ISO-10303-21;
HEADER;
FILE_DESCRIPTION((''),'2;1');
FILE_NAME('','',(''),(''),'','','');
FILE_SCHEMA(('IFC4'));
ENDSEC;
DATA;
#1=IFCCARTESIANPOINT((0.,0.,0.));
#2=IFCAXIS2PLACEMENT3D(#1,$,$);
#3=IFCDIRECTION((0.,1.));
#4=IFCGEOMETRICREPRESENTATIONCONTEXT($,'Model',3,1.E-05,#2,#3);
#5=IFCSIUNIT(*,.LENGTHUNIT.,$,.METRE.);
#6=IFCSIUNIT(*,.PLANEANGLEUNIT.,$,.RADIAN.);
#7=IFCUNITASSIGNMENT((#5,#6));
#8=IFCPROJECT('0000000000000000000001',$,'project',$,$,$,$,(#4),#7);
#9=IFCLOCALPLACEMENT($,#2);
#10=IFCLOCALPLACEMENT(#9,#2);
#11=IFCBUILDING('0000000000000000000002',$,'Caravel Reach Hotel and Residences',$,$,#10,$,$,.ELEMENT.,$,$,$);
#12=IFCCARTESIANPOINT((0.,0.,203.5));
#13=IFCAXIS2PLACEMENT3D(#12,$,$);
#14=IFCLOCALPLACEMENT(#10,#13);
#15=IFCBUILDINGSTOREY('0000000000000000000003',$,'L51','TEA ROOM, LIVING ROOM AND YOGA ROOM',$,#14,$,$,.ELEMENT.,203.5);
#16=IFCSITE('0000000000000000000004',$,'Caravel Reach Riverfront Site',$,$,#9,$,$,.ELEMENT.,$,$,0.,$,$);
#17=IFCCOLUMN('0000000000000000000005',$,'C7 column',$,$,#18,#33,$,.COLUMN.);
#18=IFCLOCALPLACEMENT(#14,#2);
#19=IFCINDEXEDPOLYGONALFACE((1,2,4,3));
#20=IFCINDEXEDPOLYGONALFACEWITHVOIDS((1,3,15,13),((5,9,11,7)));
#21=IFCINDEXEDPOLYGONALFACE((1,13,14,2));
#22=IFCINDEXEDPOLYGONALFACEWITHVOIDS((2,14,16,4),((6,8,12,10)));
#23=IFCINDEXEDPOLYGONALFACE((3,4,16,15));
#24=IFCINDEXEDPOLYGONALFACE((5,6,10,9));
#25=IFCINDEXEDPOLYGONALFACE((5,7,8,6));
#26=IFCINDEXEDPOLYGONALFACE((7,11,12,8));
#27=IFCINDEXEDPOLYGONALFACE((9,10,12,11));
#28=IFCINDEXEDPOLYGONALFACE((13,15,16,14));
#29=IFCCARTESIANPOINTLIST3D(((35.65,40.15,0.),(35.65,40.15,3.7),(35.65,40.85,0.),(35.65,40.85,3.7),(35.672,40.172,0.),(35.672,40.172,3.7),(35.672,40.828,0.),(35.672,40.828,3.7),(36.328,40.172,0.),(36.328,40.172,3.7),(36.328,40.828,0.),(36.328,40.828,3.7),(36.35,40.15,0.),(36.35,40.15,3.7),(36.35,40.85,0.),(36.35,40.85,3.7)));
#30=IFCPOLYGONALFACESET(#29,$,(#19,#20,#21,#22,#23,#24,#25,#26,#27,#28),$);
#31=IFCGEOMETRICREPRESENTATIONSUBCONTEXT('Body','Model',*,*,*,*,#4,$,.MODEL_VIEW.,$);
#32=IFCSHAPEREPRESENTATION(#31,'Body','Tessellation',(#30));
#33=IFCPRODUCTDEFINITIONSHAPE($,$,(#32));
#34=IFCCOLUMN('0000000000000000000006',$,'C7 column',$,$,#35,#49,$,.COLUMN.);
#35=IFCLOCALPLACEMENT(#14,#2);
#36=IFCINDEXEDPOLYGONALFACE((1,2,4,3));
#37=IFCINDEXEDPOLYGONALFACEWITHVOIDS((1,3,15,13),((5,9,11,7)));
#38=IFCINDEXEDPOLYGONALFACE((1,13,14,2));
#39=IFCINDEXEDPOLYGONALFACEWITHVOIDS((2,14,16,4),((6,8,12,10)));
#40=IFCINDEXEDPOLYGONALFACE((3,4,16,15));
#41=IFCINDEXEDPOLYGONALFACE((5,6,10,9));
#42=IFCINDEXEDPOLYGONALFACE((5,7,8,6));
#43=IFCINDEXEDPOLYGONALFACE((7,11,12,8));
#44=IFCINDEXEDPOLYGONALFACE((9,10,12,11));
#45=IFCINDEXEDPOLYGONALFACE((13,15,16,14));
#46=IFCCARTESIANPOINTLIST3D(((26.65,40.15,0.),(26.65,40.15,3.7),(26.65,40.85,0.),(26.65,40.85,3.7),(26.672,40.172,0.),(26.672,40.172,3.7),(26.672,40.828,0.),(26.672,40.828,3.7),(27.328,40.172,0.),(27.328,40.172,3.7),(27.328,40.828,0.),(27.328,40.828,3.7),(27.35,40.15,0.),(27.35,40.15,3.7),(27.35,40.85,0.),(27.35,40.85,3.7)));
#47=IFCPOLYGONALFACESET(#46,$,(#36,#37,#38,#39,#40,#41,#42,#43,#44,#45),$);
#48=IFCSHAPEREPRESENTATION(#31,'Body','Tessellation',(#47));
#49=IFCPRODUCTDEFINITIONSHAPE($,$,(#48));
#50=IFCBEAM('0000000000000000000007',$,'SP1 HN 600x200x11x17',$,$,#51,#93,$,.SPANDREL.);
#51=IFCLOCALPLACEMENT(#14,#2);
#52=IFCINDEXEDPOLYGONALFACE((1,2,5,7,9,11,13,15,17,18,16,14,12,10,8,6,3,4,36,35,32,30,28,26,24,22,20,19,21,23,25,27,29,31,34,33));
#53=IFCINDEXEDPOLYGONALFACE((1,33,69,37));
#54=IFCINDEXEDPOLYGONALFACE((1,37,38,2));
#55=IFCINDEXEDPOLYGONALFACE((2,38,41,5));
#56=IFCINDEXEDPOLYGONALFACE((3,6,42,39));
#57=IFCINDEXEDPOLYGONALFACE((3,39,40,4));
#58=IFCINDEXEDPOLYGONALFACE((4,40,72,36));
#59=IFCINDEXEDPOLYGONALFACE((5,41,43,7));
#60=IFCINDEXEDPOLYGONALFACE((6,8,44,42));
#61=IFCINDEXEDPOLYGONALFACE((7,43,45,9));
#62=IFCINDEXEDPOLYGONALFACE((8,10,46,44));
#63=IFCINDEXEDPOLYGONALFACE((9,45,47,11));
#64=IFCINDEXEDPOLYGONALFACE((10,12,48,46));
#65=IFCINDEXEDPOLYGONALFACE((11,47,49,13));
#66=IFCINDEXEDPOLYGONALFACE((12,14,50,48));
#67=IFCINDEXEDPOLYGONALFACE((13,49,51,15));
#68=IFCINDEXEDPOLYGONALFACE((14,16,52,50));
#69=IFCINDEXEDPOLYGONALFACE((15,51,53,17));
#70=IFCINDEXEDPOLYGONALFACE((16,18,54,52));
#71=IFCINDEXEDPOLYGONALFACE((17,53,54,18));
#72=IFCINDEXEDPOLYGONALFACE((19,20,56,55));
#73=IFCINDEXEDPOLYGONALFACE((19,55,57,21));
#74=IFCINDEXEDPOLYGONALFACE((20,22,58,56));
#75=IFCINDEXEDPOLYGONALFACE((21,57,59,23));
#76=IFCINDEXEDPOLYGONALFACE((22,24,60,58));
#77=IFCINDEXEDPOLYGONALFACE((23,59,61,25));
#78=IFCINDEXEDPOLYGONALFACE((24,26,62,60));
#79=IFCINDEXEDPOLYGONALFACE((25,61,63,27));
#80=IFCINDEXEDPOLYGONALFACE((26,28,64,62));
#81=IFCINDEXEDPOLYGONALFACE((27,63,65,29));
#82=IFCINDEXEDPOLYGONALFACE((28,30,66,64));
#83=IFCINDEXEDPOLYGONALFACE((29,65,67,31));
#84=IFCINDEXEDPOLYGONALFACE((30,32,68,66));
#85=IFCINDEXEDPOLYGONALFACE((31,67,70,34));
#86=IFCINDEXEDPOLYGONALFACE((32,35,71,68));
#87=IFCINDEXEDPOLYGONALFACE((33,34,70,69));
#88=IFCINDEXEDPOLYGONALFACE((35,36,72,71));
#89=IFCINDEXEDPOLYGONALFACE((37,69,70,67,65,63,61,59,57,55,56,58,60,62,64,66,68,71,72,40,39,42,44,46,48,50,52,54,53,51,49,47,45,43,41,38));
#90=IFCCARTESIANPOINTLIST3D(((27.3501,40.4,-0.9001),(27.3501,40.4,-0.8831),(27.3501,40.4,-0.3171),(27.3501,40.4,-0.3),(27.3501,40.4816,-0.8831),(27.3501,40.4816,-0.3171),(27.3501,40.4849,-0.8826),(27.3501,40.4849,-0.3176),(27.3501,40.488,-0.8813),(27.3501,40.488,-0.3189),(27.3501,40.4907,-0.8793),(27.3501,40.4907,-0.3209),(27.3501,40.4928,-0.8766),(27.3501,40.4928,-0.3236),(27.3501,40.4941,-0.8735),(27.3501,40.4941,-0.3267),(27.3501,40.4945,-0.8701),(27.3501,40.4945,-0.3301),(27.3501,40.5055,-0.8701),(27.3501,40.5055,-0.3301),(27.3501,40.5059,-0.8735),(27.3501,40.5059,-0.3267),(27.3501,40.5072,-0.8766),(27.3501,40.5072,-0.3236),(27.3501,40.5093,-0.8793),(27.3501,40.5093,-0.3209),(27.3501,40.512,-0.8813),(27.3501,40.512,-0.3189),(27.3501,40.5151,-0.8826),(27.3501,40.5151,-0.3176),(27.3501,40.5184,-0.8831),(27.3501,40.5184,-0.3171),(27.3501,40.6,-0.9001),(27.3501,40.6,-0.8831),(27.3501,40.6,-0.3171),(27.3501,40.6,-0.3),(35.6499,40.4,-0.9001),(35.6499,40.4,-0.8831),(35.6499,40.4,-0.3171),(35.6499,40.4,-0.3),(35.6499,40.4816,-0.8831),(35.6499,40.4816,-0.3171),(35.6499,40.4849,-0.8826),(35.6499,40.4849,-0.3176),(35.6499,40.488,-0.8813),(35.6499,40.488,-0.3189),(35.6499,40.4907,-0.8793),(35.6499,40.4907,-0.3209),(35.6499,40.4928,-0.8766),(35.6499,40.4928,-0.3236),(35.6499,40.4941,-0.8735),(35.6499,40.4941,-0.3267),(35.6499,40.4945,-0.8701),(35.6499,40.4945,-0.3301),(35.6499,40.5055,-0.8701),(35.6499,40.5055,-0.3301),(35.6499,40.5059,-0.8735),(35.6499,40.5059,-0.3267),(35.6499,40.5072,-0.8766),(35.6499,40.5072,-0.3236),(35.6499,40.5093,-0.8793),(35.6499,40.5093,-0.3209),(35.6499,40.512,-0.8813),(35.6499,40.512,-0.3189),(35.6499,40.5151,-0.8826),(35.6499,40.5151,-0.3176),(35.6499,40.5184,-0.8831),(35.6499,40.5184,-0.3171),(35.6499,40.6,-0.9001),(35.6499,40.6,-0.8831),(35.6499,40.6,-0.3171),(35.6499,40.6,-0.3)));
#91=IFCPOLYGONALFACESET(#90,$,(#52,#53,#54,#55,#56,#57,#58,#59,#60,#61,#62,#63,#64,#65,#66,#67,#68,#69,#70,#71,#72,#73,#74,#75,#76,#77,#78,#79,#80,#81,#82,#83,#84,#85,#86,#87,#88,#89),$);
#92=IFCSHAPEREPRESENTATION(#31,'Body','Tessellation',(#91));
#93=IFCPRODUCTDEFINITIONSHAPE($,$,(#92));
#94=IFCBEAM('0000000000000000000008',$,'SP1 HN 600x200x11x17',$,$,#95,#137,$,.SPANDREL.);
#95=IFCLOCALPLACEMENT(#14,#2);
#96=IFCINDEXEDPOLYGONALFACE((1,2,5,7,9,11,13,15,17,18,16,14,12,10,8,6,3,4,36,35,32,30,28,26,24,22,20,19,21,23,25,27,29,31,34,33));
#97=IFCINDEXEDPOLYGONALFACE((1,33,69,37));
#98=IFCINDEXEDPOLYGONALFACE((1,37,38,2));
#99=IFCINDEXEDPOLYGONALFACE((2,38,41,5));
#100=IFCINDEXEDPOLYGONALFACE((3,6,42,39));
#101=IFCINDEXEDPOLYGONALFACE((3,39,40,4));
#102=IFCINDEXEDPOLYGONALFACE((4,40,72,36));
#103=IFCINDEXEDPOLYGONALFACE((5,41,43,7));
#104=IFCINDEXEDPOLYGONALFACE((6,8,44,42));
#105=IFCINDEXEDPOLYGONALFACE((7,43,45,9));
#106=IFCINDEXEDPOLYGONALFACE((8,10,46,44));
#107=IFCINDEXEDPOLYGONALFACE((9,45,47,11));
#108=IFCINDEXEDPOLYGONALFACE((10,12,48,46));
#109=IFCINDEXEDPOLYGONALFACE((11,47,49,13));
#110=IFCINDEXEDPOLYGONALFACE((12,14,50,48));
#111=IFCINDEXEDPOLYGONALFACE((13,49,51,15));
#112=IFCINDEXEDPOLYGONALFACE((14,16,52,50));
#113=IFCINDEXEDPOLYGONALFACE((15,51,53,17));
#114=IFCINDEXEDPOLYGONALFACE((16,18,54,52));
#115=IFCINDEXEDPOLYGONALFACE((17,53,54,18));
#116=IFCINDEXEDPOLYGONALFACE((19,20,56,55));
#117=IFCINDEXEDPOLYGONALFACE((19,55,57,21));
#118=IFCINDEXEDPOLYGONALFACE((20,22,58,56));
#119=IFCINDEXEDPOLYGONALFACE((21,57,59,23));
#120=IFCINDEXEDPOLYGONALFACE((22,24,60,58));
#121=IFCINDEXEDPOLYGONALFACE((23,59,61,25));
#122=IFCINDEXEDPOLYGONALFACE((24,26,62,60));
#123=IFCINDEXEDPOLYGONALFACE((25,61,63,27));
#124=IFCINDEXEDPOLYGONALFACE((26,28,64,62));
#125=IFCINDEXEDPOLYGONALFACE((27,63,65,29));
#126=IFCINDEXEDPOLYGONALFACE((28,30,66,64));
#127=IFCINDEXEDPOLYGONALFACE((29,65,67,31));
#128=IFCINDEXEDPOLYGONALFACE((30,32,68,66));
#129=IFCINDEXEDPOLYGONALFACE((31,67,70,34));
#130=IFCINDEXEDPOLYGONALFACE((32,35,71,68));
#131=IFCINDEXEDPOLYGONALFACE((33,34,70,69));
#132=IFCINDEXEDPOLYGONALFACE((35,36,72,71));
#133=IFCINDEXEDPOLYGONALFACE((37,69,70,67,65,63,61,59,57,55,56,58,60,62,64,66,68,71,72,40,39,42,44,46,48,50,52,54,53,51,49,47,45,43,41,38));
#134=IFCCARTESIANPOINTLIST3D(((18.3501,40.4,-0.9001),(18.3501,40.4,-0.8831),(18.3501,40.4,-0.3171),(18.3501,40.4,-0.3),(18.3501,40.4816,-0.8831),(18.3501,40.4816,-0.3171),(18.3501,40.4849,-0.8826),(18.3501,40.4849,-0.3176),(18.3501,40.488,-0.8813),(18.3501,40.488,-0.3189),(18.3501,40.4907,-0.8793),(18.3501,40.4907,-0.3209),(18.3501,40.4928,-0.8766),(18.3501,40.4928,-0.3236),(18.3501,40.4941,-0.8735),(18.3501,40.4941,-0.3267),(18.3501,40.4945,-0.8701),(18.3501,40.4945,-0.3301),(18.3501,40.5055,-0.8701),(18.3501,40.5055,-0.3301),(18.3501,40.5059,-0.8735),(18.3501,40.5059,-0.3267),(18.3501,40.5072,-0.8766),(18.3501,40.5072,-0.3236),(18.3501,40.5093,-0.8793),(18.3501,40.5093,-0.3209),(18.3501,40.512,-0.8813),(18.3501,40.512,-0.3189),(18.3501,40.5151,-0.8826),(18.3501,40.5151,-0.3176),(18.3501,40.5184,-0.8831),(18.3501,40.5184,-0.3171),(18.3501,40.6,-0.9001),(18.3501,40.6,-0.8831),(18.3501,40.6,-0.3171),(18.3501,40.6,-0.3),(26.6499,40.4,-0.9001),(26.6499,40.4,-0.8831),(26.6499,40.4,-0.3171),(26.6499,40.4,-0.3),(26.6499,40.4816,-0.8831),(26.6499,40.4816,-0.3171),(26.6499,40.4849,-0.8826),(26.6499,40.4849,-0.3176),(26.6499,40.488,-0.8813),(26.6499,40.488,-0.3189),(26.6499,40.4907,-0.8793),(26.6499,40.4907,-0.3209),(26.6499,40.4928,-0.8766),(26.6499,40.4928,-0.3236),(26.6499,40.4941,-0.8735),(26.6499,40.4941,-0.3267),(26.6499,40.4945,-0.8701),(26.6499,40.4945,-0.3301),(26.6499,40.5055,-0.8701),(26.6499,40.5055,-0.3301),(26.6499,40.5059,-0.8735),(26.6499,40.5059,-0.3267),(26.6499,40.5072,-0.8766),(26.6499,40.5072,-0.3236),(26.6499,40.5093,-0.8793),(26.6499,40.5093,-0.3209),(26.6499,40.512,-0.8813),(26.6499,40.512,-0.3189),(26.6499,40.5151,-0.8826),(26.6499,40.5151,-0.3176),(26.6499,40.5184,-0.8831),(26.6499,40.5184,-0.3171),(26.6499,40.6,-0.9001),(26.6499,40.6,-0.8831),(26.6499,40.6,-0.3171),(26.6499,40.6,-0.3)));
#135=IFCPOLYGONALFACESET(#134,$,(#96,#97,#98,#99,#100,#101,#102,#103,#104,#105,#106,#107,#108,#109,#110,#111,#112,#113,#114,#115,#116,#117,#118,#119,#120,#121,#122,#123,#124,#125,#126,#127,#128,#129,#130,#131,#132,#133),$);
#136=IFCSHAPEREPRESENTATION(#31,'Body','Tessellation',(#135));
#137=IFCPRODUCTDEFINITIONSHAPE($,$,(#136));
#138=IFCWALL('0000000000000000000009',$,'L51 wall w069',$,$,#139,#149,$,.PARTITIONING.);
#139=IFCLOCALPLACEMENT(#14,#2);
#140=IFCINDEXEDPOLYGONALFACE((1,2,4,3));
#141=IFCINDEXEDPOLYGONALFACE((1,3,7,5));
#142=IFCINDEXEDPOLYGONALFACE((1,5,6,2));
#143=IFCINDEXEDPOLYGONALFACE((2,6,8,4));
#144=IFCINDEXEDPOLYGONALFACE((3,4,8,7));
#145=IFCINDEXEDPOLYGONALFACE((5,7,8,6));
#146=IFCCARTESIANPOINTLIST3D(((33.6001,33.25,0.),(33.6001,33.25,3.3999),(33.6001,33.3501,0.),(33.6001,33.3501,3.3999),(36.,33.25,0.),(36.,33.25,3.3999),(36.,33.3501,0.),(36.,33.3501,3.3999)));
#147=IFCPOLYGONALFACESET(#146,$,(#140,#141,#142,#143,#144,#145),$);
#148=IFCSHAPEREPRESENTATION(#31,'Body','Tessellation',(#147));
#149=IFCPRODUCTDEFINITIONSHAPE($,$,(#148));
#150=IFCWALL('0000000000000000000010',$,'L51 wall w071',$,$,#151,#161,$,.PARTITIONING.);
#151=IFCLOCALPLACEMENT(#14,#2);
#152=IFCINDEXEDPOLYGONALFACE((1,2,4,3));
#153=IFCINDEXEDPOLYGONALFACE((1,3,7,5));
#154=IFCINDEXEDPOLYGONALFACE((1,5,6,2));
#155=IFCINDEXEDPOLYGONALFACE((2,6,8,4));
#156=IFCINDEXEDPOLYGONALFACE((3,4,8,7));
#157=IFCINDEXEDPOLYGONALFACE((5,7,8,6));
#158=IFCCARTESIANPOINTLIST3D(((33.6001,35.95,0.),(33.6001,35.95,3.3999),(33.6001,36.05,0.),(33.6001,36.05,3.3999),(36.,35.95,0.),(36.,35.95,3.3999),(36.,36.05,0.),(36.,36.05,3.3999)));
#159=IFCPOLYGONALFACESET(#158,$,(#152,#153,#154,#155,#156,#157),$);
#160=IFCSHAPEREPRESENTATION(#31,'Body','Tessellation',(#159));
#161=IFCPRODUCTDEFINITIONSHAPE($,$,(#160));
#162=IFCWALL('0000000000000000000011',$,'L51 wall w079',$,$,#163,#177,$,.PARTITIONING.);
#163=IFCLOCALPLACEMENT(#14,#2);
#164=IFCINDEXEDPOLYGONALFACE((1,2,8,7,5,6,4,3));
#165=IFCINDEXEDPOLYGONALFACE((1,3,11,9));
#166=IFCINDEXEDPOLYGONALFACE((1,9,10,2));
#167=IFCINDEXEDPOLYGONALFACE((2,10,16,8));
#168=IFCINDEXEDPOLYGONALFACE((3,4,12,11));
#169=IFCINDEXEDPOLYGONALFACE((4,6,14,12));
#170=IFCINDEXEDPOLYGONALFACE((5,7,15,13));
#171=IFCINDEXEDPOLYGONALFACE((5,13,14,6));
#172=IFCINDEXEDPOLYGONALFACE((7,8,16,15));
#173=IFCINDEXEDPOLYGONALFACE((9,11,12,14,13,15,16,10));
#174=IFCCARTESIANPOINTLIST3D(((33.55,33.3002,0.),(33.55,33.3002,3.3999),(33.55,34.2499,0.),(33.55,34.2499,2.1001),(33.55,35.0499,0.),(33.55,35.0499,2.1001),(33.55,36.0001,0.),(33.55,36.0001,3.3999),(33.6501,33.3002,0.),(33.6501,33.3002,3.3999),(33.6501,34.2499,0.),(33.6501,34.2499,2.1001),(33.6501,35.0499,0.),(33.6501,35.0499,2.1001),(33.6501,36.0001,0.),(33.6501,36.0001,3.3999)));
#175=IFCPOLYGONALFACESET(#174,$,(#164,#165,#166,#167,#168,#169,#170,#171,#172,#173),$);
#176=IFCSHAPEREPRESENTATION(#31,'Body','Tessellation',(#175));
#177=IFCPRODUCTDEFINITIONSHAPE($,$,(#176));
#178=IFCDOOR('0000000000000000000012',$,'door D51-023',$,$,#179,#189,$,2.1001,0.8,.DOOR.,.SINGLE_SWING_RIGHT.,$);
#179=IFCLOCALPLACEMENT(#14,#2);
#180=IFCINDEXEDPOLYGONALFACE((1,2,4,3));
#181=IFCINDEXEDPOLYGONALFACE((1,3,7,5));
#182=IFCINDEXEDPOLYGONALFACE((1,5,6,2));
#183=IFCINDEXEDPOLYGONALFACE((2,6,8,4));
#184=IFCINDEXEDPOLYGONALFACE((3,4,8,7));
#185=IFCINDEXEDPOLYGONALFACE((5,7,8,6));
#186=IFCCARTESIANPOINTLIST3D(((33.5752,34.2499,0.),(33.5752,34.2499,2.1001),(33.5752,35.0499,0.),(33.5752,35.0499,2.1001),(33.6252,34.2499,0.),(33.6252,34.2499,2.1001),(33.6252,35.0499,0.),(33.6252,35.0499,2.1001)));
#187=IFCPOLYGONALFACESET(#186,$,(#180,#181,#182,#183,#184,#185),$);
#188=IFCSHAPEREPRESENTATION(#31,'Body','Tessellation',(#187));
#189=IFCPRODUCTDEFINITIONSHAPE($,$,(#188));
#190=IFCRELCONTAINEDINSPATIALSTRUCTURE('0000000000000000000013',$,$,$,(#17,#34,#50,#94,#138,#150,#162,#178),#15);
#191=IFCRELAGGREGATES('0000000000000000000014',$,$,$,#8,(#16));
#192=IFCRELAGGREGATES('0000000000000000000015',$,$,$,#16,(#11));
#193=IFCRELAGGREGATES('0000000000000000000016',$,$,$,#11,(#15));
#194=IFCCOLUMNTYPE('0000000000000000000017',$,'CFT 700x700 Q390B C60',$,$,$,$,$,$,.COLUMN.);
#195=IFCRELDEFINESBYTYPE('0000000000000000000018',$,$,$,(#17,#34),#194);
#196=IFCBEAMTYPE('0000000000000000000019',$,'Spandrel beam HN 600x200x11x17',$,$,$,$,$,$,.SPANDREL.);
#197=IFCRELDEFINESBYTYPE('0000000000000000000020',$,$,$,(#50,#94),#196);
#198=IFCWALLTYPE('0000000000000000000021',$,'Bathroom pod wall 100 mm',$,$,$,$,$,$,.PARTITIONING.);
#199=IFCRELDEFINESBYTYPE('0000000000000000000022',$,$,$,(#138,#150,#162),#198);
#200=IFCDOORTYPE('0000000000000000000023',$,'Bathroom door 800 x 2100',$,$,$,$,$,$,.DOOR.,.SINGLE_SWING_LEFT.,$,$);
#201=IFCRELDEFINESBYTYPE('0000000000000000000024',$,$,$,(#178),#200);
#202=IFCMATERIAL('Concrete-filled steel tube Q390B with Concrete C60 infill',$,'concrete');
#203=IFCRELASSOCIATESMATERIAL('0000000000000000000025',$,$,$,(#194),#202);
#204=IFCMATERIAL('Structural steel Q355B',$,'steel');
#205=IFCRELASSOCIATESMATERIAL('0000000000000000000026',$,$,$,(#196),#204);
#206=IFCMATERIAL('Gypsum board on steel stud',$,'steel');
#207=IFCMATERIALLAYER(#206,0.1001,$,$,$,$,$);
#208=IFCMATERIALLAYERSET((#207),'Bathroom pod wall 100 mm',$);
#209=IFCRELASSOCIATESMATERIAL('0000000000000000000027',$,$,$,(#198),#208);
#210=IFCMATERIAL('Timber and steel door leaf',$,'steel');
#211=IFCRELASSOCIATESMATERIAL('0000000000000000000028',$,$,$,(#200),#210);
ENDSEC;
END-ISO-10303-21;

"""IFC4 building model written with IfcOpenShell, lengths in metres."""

from ifc_helpers import new_model, si_unit, direction, frame, frame_2d, origin, origin_2d, place, context, subcontext, project, spatial, rectangle, hollow_rectangle, i_section, extrude, material, layer, layer_set, material_profile, profile_set, type_object, element, fill, save


model = new_model("IFC4")

# Units and contexts
model_context = context("Model", 3, precision=1e-05, world=origin(), true_north=direction((0.0, 1.0)))
body_context = subcontext(model_context, "Body", "Model", "MODEL_VIEW")
ifc_project = project(units=[si_unit("LENGTHUNIT", "METRE"), si_unit("PLANEANGLEUNIT", "RADIAN")], contexts=[model_context])

# Site, building, storey
site_placement = place(None, origin())
site = spatial("IfcSite", under=ifc_project, at=site_placement, Name="Caravel Reach Riverfront Site", CompositionType="ELEMENT", RefElevation=0.0)
building_placement = place(site_placement, origin())
building = spatial("IfcBuilding", under=site, at=building_placement, Name="Caravel Reach Hotel and Residences", CompositionType="ELEMENT")
storey_placement = place(building_placement, frame((0.0, 0.0, 203.5)))
storey = spatial("IfcBuildingStorey", under=building, at=storey_placement, Name="L51", Description="TEA ROOM, LIVING ROOM AND YOGA ROOM", CompositionType="ELEMENT", Elevation=203.5)

# Columns
ifc_material_1 = material(Name="Concrete-filled steel tube Q390B with Concrete C60 infill", Category="concrete")
ifc_material_profile_1 = material_profile(ifc_material_1, hollow_rectangle(XDim=0.7, YDim=0.7, WallThickness=0.022, at=origin_2d()), Name="RHS 700x700x22")
ifc_profile_set_1 = profile_set([ifc_material_profile_1], Name="Concrete-filled steel tube Q390B with Concrete C60 infill")
column_type = type_object("IfcColumnType", Name="CFT 700x700 Q390B C60", PredefinedType="COLUMN", material=ifc_profile_set_1)
for number, where, z_axis, x_axis, name in (
    (1, (36.0, 40.5, 0.0), (0.0, 0.0, 1.0), (1.0, 0.0, 0.0), "C7 column"),
    (2, (27.0, 40.5, 0.0), (0.0, 0.0, 1.0), (1.0, 0.0, 0.0), "C7 column"),
):
    element("IfcColumn", number, at=place(storey_placement, frame(where, z_axis=z_axis, x_axis=x_axis)), inside=storey, type_object=column_type, Name=name, PredefinedType="COLUMN", context=body_context, shape_type="SweptSolid", body=[
        extrude(hollow_rectangle(XDim=0.7, YDim=0.7, WallThickness=0.022, at=origin_2d()), origin(), (0.0, 0.0, 1.0), 3.7),
    ])

# Beams
ifc_material_2 = material(Name="Structural steel Q355B", Category="steel")
ifc_material_profile_2 = material_profile(ifc_material_2, i_section(OverallWidth=0.2, OverallDepth=0.6001, WebThickness=0.011, FlangeThickness=0.0171, FilletRadius=0.0129, at=origin_2d()), Name="HN 600x200x11x17")
ifc_profile_set_2 = profile_set([ifc_material_profile_2], Name="Structural steel Q355B")
beam_type = type_object("IfcBeamType", Name="Spandrel beam HN 600x200x11x17", PredefinedType="SPANDREL", material=ifc_profile_set_2)
for number, where, z_axis, x_axis, name in (
    (3, (35.6499, 40.5, -0.6001), (-1.0, 0.0, 0.0), (0.0, -1.0, 0.0), "SP1 HN 600x200x11x17"),
    (4, (26.6499, 40.5, -0.6001), (-1.0, 0.0, 0.0), (0.0, -1.0, 0.0), "SP1 HN 600x200x11x17"),
):
    element("IfcBeam", number, at=place(storey_placement, frame(where, z_axis=z_axis, x_axis=x_axis)), inside=storey, type_object=beam_type, Name=name, PredefinedType="SPANDREL", context=body_context, shape_type="SweptSolid", body=[
        extrude(i_section(OverallWidth=0.2, OverallDepth=0.6001, WebThickness=0.011, FlangeThickness=0.0171, FilletRadius=0.0129, at=origin_2d()), origin(), (0.0, 0.0, 1.0), 8.2998),
    ])

# Walls
ifc_material_3 = material(Name="Gypsum board on steel stud", Category="steel")
ifc_layer_1 = layer(ifc_material_3, 0.1001)
ifc_layer_set_1 = layer_set([ifc_layer_1], Name="Bathroom pod wall 100 mm")
wall_type_1 = type_object("IfcWallType", Name="Bathroom pod wall 100 mm", PredefinedType="PARTITIONING", material=ifc_layer_set_1)
for number, where, z_axis, x_axis, name in (
    (5, (33.6001, 33.3, 0.0), (0.0, 0.0, 1.0), (1.0, 0.0, 0.0), "L51 wall w069"),
    (6, (33.6001, 36.0, 0.0), (0.0, 0.0, 1.0), (1.0, 0.0, 0.0), "L51 wall w071"),
):
    element("IfcWall", number, at=place(storey_placement, frame(where, z_axis=z_axis, x_axis=x_axis)), inside=storey, type_object=wall_type_1, Name=name, PredefinedType="PARTITIONING", context=body_context, shape_type="SweptSolid", body=[
        extrude(rectangle(XDim=2.3999, YDim=0.1001, at=frame_2d((1.2, 0.0))), origin(), (0.0, 0.0, 1.0), 3.3999),
    ])

# Wall, opening, door
wall_1_placement = place(storey_placement, frame((33.6001, 33.3, 0.0), z_axis=(0.0, 0.0, 1.0), x_axis=(0.0, 1.0, 0.0)))
wall_1 = element("IfcWall", 7, at=wall_1_placement, inside=storey, type_object=wall_type_1, Name="L51 wall w079", PredefinedType="PARTITIONING", context=body_context, shape_type="SweptSolid", body=[
    extrude(rectangle(XDim=2.7, YDim=0.1001, at=frame_2d((1.3501, 0.0))), origin(), (0.0, 0.0, 1.0), 3.3999),
])
opening_1_placement = place(wall_1_placement, frame((0.95, 0.0, 0.0)))
opening_1 = element("IfcOpeningElement", 8, at=opening_1_placement, cuts=wall_1, PredefinedType="OPENING", context=body_context, shape_type="SweptSolid", body=[
    extrude(rectangle(XDim=0.8, YDim=2.1001, at=frame_2d((0.3999, 1.05))), frame((0.0, 0.0601, 0.0), z_axis=(0.0, -1.0, 0.0), x_axis=(1.0, 0.0, 0.0)), (0.0, 0.0, 1.0), 0.1201),
])
ifc_material_4 = material(Name="Timber and steel door leaf", Category="steel")
door_type_1 = type_object("IfcDoorType", Name="Bathroom door 800 x 2100", OperationType="SINGLE_SWING_LEFT", PredefinedType="DOOR", material=ifc_material_4)
door_1_placement = place(opening_1_placement, origin())
door_1 = element("IfcDoor", 9, at=door_1_placement, inside=storey, type_object=door_type_1, Name="door D51-023", OperationType="SINGLE_SWING_RIGHT", OverallHeight=2.1001, OverallWidth=0.8, PredefinedType="DOOR", context=body_context, shape_type="SweptSolid", body=[
    extrude(rectangle(XDim=0.8, YDim=2.1001, at=frame_2d((0.3999, 1.05))), frame((0.0, 0.0249, 0.0), z_axis=(0.0, -1.0, 0.0), x_axis=(1.0, 0.0, 0.0)), (0.0, 0.0, 1.0), 0.05),
])
fill(opening_1, door_1)

save(model, "model.ifc")
